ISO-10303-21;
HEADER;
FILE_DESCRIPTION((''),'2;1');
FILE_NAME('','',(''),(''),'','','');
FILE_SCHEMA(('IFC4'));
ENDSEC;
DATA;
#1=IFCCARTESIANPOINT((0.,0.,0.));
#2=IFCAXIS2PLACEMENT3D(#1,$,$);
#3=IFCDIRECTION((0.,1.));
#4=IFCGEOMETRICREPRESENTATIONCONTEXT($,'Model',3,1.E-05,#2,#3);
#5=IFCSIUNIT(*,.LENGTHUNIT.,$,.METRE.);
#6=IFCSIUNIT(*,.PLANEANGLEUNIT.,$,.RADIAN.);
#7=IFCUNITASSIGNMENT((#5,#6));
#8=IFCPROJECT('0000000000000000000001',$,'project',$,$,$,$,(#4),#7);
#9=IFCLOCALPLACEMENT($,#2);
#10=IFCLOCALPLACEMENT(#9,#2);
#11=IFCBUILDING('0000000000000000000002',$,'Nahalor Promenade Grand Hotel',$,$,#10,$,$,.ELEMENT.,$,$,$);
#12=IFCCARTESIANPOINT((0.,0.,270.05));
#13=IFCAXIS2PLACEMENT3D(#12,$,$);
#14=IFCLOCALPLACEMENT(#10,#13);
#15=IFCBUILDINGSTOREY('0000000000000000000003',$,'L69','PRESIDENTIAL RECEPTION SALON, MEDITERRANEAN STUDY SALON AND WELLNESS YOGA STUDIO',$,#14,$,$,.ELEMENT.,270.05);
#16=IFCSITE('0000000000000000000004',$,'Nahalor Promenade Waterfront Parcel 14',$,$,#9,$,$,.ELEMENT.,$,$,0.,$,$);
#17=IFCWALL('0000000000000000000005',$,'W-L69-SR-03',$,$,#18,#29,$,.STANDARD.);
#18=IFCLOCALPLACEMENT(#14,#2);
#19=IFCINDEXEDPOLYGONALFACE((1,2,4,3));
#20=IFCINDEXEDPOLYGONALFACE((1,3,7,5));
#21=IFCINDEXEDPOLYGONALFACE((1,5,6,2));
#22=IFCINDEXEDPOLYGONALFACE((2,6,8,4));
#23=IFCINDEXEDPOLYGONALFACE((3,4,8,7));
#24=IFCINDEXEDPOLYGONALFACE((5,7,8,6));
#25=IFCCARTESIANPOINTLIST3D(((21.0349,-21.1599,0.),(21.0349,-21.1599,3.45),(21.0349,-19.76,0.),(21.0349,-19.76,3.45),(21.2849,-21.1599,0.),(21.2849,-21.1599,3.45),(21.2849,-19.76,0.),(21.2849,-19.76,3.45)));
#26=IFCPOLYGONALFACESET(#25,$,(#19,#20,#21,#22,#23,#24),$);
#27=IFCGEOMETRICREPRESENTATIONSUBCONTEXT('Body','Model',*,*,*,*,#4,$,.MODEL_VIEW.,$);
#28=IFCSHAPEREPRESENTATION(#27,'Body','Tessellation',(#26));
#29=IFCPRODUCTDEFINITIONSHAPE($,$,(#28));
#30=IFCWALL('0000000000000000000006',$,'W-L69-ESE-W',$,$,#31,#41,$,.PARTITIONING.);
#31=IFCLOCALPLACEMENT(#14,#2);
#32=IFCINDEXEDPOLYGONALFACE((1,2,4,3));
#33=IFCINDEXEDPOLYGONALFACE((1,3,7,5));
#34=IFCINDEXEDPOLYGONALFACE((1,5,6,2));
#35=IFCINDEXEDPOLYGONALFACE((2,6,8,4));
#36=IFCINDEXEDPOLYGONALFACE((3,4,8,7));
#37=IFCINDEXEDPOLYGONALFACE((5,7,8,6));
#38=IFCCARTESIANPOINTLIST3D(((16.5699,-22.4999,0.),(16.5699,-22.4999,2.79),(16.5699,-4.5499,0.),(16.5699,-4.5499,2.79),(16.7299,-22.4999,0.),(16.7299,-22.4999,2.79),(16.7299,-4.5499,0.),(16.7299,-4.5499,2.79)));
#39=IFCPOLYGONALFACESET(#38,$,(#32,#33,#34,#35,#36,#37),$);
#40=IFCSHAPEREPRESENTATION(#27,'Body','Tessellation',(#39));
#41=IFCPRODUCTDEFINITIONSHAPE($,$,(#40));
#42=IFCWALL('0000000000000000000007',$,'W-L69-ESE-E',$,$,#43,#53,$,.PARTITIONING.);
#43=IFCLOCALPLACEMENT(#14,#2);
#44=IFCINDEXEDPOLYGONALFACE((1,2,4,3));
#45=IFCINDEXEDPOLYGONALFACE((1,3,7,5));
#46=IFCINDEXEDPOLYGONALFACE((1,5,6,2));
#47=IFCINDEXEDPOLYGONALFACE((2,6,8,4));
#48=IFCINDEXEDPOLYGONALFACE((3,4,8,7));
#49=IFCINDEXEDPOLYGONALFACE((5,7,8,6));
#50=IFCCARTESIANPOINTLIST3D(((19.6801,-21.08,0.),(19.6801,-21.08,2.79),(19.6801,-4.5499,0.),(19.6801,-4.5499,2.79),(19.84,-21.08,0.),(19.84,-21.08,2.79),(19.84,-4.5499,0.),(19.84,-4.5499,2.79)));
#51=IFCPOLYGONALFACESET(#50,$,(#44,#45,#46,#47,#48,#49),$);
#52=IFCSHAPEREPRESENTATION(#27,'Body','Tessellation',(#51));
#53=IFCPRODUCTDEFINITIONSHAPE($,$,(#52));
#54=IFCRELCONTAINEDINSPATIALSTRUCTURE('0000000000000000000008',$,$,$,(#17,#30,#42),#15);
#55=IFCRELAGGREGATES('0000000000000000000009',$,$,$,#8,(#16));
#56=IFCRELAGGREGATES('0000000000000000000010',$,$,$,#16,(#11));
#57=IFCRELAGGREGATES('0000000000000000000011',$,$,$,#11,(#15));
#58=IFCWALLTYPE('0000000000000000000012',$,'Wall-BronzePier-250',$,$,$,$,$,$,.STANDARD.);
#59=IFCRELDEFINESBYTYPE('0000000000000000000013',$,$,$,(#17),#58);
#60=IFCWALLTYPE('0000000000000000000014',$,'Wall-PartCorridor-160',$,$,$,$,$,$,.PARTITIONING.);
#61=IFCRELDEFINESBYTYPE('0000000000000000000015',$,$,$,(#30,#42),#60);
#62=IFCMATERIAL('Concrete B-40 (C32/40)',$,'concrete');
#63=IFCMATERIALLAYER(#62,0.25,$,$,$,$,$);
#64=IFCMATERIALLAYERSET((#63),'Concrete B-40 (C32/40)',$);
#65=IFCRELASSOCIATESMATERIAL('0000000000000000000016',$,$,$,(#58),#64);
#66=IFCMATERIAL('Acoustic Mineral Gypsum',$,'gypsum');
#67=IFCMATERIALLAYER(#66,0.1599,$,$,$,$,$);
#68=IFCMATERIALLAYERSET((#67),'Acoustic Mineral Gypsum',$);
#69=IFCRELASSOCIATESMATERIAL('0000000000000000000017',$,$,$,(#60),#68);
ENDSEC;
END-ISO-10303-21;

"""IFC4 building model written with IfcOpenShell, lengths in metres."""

from ifc_helpers import new_model, si_unit, direction, frame, frame_2d, origin, place, context, subcontext, project, spatial, rectangle, extrude, source, transform, mapped, material, layer, layer_set, type_object, element, save


model = new_model("IFC4")

# Units and contexts
model_context = context("Model", 3, precision=1e-05, world=origin(), true_north=direction((0.0, 1.0)))
body_context = subcontext(model_context, "Body", "Model", "MODEL_VIEW")
ifc_project = project(units=[si_unit("LENGTHUNIT", "METRE"), si_unit("PLANEANGLEUNIT", "RADIAN")], contexts=[model_context])

# Site, building, storey
site_placement = place(None, origin())
site = spatial("IfcSite", under=ifc_project, at=site_placement, Name="Nahalor Promenade Waterfront Parcel 14", CompositionType="ELEMENT", RefElevation=0.0)
building_placement = place(site_placement, origin())
building = spatial("IfcBuilding", under=site, at=building_placement, Name="Nahalor Promenade Grand Hotel", CompositionType="ELEMENT")
storey_placement = place(building_placement, frame((0.0, 0.0, 270.05)))
storey = spatial("IfcBuildingStorey", under=building, at=storey_placement, Name="L69", Description="PRESIDENTIAL RECEPTION SALON, MEDITERRANEAN STUDY SALON AND WELLNESS YOGA STUDIO", CompositionType="ELEMENT", Elevation=270.05)

# Walls
ifc_material_1 = material(Name="Concrete B-40 (C32/40)", Category="concrete")
ifc_layer_1 = layer(ifc_material_1, 0.25)
ifc_layer_set_1 = layer_set([ifc_layer_1], Name="Concrete B-40 (C32/40)")
wall_type_1 = type_object("IfcWallType", Name="Wall-BronzePier-250", PredefinedType="STANDARD", material=ifc_layer_set_1)
shared_shape_1 = source(origin(), body_context, "Body", "SweptSolid", [
    extrude(rectangle(XDim=1.3999, YDim=0.25, at=frame_2d((0.7, 0.0))), origin(), (0.0, 0.0, 1.0), 3.45),
])
for number, where, z_axis, x_axis, name in (
    (1, (21.1599, -21.1599, 0.0), (0.0, 0.0, 1.0), (0.0, 1.0, 0.0), "W-L69-SR-03"),
):
    element("IfcWall", number, at=place(storey_placement, frame(where, z_axis=z_axis, x_axis=x_axis)), inside=storey, type_object=wall_type_1, Name=name, PredefinedType="STANDARD", context=body_context, shape_type="MappedRepresentation", body=[
        mapped(shared_shape_1, transform((0.0, 0.0, 0.0), scale=1.0)),
    ])
ifc_material_2 = material(Name="Acoustic Mineral Gypsum", Category="gypsum")
ifc_layer_2 = layer(ifc_material_2, 0.1599)
ifc_layer_set_2 = layer_set([ifc_layer_2], Name="Acoustic Mineral Gypsum")
wall_type_2 = type_object("IfcWallType", Name="Wall-PartCorridor-160", PredefinedType="PARTITIONING", material=ifc_layer_set_2)
shared_shape_2 = source(origin(), body_context, "Body", "SweptSolid", [
    extrude(rectangle(XDim=17.95, YDim=0.1599, at=frame_2d((8.9751, 0.0))), origin(), (0.0, 0.0, 1.0), 2.79),
])
wall_1_placement = place(storey_placement, frame((16.6499, -22.5, 0.0), z_axis=(0.0, 0.0, 1.0), x_axis=(0.0, 1.0, 0.0)))
element("IfcWall", 2, at=wall_1_placement, inside=storey, type_object=wall_type_2, Name="W-L69-ESE-W", PredefinedType="PARTITIONING", context=body_context, shape_type="MappedRepresentation", body=[
    mapped(shared_shape_2, transform((0.0, 0.0, 0.0), scale=1.0)),
])
shared_shape_3 = source(origin(), body_context, "Body", "SweptSolid", [
    extrude(rectangle(XDim=16.53, YDim=0.1599, at=frame_2d((8.2651, 0.0))), origin(), (0.0, 0.0, 1.0), 2.79),
])
wall_2_placement = place(storey_placement, frame((19.76, -21.0801, 0.0), z_axis=(0.0, 0.0, 1.0), x_axis=(0.0, 1.0, 0.0)))
element("IfcWall", 3, at=wall_2_placement, inside=storey, type_object=wall_type_2, Name="W-L69-ESE-E", PredefinedType="PARTITIONING", context=body_context, shape_type="MappedRepresentation", body=[
    mapped(shared_shape_3, transform((0.0, 0.0, 0.0), scale=1.0)),
])

save(model, "model.ifc")
